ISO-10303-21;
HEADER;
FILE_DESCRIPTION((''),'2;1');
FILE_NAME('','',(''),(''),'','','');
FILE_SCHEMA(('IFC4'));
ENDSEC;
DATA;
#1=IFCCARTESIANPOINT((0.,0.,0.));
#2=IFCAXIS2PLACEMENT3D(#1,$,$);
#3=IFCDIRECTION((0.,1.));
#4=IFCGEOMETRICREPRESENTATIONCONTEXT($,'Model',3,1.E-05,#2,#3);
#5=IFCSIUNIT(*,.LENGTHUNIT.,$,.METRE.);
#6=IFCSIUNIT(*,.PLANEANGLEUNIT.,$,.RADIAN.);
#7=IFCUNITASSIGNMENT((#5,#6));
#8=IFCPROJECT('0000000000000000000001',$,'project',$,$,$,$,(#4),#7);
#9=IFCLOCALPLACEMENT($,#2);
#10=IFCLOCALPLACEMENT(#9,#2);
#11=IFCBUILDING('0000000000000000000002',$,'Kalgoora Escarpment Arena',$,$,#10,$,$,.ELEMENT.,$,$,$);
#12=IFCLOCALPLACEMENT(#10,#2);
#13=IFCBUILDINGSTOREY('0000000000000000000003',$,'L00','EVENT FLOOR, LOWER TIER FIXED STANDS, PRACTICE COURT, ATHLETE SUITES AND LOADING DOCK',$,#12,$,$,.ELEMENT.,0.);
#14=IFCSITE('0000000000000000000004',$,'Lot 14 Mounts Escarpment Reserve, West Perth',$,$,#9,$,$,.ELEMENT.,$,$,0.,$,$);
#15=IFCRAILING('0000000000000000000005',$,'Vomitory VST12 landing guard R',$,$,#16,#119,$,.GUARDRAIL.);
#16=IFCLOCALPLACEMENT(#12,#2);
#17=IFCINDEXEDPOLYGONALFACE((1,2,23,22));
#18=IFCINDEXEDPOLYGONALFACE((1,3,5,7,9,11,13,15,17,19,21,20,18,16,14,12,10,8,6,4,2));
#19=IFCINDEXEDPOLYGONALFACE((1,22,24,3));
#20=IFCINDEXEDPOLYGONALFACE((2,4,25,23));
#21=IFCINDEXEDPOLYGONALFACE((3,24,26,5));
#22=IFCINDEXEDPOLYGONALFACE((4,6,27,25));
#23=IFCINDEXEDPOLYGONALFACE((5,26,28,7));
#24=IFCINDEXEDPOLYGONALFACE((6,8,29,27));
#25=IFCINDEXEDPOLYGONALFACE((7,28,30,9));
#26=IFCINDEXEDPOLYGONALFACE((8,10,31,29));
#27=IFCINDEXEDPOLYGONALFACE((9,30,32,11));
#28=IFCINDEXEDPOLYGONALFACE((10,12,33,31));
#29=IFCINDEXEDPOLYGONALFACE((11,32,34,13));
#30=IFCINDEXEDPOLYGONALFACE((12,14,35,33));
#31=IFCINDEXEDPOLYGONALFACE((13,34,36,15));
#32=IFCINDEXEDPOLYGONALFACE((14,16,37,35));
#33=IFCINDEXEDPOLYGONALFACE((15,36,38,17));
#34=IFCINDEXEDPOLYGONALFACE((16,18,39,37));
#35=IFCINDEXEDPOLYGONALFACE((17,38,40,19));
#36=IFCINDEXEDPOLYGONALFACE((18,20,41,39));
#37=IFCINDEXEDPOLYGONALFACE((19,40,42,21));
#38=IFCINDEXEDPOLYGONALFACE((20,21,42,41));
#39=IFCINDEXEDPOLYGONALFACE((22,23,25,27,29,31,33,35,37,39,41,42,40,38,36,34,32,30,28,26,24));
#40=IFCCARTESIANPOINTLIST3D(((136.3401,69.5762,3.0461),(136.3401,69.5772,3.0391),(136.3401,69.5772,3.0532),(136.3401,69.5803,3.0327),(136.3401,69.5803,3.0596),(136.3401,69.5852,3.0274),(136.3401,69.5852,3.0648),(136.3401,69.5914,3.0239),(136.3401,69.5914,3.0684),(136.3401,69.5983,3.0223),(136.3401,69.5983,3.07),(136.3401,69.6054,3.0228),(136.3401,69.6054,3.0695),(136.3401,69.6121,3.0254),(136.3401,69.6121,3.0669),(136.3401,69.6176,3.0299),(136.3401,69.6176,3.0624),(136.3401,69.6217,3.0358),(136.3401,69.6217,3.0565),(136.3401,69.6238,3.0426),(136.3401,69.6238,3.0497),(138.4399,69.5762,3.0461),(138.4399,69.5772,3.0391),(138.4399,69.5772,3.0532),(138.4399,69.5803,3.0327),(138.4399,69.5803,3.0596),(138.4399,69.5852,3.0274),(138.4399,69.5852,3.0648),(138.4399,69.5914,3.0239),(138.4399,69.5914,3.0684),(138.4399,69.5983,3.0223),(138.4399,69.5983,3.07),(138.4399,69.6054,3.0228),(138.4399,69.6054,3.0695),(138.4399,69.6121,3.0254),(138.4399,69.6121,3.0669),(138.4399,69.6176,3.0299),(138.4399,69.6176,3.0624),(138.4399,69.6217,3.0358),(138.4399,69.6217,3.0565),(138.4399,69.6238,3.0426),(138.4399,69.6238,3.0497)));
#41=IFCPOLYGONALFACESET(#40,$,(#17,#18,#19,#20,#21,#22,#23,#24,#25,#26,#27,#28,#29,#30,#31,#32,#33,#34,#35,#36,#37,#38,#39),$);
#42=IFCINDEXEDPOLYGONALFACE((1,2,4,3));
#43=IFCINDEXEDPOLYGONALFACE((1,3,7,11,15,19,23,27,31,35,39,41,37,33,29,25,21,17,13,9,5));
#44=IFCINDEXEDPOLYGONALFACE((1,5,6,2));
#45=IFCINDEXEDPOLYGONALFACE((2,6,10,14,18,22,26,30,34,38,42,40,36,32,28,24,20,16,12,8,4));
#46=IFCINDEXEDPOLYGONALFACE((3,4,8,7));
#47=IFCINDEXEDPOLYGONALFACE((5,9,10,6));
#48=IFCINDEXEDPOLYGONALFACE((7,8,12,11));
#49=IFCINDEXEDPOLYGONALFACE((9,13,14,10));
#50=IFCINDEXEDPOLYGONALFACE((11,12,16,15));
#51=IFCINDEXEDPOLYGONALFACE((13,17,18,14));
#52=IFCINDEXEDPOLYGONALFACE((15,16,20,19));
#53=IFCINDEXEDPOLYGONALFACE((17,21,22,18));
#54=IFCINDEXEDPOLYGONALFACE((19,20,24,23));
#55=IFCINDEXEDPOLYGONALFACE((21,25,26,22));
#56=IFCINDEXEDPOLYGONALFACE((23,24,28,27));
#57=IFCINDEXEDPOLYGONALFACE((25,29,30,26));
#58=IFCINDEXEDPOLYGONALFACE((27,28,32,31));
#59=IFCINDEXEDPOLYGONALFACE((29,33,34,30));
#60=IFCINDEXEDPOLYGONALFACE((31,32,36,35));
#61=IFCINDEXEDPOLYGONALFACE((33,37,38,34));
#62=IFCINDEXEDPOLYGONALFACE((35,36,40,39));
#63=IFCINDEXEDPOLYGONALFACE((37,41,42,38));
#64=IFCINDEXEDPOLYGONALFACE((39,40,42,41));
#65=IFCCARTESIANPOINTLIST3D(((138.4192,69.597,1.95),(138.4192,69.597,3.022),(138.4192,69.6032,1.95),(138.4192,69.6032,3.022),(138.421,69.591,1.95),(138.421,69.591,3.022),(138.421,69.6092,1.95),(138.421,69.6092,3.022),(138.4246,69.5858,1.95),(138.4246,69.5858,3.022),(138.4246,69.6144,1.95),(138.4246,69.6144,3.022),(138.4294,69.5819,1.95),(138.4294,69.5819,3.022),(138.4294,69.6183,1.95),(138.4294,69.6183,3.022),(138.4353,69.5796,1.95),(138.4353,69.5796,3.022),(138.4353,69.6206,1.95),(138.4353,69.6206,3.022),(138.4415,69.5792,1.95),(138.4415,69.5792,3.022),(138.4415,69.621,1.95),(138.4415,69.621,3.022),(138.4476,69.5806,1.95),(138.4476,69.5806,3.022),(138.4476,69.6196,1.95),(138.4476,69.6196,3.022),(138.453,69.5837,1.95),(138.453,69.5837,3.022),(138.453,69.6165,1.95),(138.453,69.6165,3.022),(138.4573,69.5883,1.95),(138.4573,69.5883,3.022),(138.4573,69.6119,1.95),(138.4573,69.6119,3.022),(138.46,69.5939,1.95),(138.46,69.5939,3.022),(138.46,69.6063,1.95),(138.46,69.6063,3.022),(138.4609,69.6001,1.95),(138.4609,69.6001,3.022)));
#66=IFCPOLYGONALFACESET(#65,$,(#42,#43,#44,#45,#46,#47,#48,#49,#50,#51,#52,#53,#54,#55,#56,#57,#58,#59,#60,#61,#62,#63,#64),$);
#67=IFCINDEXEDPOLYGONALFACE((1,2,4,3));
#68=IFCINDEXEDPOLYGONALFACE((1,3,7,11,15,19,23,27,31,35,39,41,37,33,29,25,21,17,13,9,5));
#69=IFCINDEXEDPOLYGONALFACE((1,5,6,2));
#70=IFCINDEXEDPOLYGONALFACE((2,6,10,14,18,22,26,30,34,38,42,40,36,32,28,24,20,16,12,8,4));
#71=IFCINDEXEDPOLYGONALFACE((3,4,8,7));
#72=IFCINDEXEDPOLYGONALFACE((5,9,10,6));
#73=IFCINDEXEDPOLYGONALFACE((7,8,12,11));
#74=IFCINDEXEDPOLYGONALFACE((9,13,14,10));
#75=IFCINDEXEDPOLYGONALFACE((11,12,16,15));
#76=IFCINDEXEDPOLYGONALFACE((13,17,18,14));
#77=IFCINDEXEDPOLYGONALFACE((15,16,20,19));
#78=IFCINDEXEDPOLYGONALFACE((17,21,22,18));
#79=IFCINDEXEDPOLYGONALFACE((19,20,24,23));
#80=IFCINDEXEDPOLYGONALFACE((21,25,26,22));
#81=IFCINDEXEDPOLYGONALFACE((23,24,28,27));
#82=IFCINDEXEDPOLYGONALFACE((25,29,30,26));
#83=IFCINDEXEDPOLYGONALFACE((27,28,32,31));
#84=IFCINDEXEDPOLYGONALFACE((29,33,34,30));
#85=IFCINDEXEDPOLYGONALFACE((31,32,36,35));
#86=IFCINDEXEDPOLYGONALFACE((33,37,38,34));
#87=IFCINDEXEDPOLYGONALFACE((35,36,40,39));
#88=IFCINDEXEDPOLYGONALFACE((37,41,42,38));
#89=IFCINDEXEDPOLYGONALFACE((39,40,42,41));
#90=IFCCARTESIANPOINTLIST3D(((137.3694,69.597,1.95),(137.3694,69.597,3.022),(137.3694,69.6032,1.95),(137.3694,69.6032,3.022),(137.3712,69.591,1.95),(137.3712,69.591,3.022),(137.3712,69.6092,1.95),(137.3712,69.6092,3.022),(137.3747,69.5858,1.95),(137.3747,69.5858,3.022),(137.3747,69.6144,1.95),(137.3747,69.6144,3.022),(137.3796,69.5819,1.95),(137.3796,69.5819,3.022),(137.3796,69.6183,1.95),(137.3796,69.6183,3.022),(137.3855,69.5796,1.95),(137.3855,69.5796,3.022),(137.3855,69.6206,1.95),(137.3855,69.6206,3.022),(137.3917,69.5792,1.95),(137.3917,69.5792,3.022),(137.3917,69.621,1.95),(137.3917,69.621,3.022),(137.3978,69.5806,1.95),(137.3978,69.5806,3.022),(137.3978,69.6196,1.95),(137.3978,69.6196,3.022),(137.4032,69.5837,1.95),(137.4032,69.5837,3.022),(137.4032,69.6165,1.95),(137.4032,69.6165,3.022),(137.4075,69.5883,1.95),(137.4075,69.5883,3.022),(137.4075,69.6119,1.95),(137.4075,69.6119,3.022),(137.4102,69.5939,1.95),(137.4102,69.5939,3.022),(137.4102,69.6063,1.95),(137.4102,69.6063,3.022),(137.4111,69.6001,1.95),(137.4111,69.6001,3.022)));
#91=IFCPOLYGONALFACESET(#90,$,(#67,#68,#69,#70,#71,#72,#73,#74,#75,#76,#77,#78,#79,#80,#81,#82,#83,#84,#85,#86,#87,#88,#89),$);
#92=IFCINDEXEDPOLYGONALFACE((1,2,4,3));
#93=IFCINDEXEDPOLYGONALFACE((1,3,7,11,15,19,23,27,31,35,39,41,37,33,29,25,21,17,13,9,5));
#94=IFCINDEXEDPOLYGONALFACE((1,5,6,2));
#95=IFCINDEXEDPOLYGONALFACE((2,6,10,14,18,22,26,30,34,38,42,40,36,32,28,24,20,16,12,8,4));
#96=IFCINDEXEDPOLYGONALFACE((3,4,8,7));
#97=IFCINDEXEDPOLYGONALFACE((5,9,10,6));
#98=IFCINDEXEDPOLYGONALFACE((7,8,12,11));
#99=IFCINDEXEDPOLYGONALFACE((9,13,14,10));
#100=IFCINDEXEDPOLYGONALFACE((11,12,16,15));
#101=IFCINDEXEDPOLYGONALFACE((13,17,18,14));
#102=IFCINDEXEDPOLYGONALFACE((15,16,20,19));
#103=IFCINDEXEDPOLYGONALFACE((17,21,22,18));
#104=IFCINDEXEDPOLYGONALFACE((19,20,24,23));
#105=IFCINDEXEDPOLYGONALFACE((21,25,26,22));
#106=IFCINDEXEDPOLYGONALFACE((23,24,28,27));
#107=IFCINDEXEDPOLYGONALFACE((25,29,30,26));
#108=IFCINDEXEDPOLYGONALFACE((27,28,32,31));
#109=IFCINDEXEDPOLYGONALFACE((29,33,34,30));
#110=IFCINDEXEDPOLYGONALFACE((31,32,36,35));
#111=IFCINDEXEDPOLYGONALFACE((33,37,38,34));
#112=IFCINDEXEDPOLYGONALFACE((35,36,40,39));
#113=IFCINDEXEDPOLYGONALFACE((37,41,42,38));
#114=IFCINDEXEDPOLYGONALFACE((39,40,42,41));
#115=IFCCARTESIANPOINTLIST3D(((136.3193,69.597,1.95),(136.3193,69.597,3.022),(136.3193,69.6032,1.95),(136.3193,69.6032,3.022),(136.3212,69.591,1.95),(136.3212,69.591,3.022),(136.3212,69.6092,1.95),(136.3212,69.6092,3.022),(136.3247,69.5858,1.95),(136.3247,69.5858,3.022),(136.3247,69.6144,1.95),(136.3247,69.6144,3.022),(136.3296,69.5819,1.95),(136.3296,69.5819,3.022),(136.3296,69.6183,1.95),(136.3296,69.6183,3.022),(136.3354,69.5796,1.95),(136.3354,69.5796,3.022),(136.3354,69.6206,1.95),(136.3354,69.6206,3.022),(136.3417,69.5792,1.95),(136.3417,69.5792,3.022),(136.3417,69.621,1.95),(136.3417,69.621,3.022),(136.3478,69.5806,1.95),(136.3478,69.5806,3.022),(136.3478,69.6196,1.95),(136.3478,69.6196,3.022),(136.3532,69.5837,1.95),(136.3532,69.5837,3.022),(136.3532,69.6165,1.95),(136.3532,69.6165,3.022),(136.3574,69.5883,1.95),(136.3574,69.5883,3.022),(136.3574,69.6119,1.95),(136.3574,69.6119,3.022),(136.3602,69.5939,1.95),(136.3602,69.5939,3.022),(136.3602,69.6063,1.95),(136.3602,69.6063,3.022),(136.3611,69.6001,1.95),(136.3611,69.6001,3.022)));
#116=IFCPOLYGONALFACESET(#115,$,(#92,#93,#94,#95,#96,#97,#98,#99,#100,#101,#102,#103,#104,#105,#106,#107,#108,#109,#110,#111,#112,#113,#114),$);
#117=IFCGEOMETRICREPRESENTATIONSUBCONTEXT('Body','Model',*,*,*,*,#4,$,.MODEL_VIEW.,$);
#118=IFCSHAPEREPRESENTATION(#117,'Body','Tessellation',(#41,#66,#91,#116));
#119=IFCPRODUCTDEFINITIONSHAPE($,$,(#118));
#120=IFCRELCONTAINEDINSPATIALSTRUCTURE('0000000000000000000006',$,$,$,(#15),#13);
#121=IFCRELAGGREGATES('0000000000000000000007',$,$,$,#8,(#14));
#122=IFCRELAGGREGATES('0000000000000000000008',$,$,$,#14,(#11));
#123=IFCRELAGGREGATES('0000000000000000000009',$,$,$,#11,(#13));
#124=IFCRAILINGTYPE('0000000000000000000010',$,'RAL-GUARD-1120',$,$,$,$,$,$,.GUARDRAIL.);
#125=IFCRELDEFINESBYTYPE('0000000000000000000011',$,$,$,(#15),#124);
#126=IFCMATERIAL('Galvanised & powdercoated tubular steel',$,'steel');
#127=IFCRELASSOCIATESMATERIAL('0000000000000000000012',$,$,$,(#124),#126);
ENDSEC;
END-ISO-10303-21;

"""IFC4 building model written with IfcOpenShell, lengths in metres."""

from ifc_helpers import new_model, si_unit, direction, frame, origin, origin_2d, place, context, subcontext, project, spatial, circle, extrude, material, type_object, element, save


model = new_model("IFC4")

# Units and contexts
model_context = context("Model", 3, precision=1e-05, world=origin(), true_north=direction((0.0, 1.0)))
body_context = subcontext(model_context, "Body", "Model", "MODEL_VIEW")
ifc_project = project(units=[si_unit("LENGTHUNIT", "METRE"), si_unit("PLANEANGLEUNIT", "RADIAN")], contexts=[model_context])

# Site, building, storey
site_placement = place(None, origin())
site = spatial("IfcSite", under=ifc_project, at=site_placement, Name="Lot 14 Mounts Escarpment Reserve, West Perth", CompositionType="ELEMENT", RefElevation=0.0)
building_placement = place(site_placement, origin())
building = spatial("IfcBuilding", under=site, at=building_placement, Name="Kalgoora Escarpment Arena", CompositionType="ELEMENT")
storey_placement = place(building_placement, origin())
storey = spatial("IfcBuildingStorey", under=building, at=storey_placement, Name="L00", Description="EVENT FLOOR, LOWER TIER FIXED STANDS, PRACTICE COURT, ATHLETE SUITES AND LOADING DOCK", CompositionType="ELEMENT", Elevation=0.0)

# Railing
ifc_material_1 = material(Name="Galvanised & powdercoated tubular steel", Category="steel")
railing_type_1 = type_object("IfcRailingType", Name="RAL-GUARD-1120", PredefinedType="GUARDRAIL", material=ifc_material_1)
for number, where, name in (
    (1, (138.4399, 69.6001, 1.95), "Vomitory VST12 landing guard R"),
):
    element("IfcRailing", number, at=place(storey_placement, frame(where)), inside=storey, type_object=railing_type_1, Name=name, PredefinedType="GUARDRAIL", context=body_context, shape_type="SweptSolid", body=[
        extrude(circle(Radius=0.0239, at=origin_2d()), frame((0.0, 0.0, 1.0962), z_axis=(-1.0, 0.0, 0.0), x_axis=(0.0, -1.0, 0.0)), (0.0, 0.0, 1.0), 2.0999),
        extrude(circle(Radius=0.021, at=origin_2d()), origin(), (0.0, 0.0, 1.0), 1.072),
        extrude(circle(Radius=0.021, at=origin_2d()), frame((-1.0498, 0.0, 0.0)), (0.0, 0.0, 1.0), 1.072),
        extrude(circle(Radius=0.021, at=origin_2d()), frame((-2.0999, 0.0, 0.0)), (0.0, 0.0, 1.0), 1.072),
    ])

save(model, "model.ifc")
